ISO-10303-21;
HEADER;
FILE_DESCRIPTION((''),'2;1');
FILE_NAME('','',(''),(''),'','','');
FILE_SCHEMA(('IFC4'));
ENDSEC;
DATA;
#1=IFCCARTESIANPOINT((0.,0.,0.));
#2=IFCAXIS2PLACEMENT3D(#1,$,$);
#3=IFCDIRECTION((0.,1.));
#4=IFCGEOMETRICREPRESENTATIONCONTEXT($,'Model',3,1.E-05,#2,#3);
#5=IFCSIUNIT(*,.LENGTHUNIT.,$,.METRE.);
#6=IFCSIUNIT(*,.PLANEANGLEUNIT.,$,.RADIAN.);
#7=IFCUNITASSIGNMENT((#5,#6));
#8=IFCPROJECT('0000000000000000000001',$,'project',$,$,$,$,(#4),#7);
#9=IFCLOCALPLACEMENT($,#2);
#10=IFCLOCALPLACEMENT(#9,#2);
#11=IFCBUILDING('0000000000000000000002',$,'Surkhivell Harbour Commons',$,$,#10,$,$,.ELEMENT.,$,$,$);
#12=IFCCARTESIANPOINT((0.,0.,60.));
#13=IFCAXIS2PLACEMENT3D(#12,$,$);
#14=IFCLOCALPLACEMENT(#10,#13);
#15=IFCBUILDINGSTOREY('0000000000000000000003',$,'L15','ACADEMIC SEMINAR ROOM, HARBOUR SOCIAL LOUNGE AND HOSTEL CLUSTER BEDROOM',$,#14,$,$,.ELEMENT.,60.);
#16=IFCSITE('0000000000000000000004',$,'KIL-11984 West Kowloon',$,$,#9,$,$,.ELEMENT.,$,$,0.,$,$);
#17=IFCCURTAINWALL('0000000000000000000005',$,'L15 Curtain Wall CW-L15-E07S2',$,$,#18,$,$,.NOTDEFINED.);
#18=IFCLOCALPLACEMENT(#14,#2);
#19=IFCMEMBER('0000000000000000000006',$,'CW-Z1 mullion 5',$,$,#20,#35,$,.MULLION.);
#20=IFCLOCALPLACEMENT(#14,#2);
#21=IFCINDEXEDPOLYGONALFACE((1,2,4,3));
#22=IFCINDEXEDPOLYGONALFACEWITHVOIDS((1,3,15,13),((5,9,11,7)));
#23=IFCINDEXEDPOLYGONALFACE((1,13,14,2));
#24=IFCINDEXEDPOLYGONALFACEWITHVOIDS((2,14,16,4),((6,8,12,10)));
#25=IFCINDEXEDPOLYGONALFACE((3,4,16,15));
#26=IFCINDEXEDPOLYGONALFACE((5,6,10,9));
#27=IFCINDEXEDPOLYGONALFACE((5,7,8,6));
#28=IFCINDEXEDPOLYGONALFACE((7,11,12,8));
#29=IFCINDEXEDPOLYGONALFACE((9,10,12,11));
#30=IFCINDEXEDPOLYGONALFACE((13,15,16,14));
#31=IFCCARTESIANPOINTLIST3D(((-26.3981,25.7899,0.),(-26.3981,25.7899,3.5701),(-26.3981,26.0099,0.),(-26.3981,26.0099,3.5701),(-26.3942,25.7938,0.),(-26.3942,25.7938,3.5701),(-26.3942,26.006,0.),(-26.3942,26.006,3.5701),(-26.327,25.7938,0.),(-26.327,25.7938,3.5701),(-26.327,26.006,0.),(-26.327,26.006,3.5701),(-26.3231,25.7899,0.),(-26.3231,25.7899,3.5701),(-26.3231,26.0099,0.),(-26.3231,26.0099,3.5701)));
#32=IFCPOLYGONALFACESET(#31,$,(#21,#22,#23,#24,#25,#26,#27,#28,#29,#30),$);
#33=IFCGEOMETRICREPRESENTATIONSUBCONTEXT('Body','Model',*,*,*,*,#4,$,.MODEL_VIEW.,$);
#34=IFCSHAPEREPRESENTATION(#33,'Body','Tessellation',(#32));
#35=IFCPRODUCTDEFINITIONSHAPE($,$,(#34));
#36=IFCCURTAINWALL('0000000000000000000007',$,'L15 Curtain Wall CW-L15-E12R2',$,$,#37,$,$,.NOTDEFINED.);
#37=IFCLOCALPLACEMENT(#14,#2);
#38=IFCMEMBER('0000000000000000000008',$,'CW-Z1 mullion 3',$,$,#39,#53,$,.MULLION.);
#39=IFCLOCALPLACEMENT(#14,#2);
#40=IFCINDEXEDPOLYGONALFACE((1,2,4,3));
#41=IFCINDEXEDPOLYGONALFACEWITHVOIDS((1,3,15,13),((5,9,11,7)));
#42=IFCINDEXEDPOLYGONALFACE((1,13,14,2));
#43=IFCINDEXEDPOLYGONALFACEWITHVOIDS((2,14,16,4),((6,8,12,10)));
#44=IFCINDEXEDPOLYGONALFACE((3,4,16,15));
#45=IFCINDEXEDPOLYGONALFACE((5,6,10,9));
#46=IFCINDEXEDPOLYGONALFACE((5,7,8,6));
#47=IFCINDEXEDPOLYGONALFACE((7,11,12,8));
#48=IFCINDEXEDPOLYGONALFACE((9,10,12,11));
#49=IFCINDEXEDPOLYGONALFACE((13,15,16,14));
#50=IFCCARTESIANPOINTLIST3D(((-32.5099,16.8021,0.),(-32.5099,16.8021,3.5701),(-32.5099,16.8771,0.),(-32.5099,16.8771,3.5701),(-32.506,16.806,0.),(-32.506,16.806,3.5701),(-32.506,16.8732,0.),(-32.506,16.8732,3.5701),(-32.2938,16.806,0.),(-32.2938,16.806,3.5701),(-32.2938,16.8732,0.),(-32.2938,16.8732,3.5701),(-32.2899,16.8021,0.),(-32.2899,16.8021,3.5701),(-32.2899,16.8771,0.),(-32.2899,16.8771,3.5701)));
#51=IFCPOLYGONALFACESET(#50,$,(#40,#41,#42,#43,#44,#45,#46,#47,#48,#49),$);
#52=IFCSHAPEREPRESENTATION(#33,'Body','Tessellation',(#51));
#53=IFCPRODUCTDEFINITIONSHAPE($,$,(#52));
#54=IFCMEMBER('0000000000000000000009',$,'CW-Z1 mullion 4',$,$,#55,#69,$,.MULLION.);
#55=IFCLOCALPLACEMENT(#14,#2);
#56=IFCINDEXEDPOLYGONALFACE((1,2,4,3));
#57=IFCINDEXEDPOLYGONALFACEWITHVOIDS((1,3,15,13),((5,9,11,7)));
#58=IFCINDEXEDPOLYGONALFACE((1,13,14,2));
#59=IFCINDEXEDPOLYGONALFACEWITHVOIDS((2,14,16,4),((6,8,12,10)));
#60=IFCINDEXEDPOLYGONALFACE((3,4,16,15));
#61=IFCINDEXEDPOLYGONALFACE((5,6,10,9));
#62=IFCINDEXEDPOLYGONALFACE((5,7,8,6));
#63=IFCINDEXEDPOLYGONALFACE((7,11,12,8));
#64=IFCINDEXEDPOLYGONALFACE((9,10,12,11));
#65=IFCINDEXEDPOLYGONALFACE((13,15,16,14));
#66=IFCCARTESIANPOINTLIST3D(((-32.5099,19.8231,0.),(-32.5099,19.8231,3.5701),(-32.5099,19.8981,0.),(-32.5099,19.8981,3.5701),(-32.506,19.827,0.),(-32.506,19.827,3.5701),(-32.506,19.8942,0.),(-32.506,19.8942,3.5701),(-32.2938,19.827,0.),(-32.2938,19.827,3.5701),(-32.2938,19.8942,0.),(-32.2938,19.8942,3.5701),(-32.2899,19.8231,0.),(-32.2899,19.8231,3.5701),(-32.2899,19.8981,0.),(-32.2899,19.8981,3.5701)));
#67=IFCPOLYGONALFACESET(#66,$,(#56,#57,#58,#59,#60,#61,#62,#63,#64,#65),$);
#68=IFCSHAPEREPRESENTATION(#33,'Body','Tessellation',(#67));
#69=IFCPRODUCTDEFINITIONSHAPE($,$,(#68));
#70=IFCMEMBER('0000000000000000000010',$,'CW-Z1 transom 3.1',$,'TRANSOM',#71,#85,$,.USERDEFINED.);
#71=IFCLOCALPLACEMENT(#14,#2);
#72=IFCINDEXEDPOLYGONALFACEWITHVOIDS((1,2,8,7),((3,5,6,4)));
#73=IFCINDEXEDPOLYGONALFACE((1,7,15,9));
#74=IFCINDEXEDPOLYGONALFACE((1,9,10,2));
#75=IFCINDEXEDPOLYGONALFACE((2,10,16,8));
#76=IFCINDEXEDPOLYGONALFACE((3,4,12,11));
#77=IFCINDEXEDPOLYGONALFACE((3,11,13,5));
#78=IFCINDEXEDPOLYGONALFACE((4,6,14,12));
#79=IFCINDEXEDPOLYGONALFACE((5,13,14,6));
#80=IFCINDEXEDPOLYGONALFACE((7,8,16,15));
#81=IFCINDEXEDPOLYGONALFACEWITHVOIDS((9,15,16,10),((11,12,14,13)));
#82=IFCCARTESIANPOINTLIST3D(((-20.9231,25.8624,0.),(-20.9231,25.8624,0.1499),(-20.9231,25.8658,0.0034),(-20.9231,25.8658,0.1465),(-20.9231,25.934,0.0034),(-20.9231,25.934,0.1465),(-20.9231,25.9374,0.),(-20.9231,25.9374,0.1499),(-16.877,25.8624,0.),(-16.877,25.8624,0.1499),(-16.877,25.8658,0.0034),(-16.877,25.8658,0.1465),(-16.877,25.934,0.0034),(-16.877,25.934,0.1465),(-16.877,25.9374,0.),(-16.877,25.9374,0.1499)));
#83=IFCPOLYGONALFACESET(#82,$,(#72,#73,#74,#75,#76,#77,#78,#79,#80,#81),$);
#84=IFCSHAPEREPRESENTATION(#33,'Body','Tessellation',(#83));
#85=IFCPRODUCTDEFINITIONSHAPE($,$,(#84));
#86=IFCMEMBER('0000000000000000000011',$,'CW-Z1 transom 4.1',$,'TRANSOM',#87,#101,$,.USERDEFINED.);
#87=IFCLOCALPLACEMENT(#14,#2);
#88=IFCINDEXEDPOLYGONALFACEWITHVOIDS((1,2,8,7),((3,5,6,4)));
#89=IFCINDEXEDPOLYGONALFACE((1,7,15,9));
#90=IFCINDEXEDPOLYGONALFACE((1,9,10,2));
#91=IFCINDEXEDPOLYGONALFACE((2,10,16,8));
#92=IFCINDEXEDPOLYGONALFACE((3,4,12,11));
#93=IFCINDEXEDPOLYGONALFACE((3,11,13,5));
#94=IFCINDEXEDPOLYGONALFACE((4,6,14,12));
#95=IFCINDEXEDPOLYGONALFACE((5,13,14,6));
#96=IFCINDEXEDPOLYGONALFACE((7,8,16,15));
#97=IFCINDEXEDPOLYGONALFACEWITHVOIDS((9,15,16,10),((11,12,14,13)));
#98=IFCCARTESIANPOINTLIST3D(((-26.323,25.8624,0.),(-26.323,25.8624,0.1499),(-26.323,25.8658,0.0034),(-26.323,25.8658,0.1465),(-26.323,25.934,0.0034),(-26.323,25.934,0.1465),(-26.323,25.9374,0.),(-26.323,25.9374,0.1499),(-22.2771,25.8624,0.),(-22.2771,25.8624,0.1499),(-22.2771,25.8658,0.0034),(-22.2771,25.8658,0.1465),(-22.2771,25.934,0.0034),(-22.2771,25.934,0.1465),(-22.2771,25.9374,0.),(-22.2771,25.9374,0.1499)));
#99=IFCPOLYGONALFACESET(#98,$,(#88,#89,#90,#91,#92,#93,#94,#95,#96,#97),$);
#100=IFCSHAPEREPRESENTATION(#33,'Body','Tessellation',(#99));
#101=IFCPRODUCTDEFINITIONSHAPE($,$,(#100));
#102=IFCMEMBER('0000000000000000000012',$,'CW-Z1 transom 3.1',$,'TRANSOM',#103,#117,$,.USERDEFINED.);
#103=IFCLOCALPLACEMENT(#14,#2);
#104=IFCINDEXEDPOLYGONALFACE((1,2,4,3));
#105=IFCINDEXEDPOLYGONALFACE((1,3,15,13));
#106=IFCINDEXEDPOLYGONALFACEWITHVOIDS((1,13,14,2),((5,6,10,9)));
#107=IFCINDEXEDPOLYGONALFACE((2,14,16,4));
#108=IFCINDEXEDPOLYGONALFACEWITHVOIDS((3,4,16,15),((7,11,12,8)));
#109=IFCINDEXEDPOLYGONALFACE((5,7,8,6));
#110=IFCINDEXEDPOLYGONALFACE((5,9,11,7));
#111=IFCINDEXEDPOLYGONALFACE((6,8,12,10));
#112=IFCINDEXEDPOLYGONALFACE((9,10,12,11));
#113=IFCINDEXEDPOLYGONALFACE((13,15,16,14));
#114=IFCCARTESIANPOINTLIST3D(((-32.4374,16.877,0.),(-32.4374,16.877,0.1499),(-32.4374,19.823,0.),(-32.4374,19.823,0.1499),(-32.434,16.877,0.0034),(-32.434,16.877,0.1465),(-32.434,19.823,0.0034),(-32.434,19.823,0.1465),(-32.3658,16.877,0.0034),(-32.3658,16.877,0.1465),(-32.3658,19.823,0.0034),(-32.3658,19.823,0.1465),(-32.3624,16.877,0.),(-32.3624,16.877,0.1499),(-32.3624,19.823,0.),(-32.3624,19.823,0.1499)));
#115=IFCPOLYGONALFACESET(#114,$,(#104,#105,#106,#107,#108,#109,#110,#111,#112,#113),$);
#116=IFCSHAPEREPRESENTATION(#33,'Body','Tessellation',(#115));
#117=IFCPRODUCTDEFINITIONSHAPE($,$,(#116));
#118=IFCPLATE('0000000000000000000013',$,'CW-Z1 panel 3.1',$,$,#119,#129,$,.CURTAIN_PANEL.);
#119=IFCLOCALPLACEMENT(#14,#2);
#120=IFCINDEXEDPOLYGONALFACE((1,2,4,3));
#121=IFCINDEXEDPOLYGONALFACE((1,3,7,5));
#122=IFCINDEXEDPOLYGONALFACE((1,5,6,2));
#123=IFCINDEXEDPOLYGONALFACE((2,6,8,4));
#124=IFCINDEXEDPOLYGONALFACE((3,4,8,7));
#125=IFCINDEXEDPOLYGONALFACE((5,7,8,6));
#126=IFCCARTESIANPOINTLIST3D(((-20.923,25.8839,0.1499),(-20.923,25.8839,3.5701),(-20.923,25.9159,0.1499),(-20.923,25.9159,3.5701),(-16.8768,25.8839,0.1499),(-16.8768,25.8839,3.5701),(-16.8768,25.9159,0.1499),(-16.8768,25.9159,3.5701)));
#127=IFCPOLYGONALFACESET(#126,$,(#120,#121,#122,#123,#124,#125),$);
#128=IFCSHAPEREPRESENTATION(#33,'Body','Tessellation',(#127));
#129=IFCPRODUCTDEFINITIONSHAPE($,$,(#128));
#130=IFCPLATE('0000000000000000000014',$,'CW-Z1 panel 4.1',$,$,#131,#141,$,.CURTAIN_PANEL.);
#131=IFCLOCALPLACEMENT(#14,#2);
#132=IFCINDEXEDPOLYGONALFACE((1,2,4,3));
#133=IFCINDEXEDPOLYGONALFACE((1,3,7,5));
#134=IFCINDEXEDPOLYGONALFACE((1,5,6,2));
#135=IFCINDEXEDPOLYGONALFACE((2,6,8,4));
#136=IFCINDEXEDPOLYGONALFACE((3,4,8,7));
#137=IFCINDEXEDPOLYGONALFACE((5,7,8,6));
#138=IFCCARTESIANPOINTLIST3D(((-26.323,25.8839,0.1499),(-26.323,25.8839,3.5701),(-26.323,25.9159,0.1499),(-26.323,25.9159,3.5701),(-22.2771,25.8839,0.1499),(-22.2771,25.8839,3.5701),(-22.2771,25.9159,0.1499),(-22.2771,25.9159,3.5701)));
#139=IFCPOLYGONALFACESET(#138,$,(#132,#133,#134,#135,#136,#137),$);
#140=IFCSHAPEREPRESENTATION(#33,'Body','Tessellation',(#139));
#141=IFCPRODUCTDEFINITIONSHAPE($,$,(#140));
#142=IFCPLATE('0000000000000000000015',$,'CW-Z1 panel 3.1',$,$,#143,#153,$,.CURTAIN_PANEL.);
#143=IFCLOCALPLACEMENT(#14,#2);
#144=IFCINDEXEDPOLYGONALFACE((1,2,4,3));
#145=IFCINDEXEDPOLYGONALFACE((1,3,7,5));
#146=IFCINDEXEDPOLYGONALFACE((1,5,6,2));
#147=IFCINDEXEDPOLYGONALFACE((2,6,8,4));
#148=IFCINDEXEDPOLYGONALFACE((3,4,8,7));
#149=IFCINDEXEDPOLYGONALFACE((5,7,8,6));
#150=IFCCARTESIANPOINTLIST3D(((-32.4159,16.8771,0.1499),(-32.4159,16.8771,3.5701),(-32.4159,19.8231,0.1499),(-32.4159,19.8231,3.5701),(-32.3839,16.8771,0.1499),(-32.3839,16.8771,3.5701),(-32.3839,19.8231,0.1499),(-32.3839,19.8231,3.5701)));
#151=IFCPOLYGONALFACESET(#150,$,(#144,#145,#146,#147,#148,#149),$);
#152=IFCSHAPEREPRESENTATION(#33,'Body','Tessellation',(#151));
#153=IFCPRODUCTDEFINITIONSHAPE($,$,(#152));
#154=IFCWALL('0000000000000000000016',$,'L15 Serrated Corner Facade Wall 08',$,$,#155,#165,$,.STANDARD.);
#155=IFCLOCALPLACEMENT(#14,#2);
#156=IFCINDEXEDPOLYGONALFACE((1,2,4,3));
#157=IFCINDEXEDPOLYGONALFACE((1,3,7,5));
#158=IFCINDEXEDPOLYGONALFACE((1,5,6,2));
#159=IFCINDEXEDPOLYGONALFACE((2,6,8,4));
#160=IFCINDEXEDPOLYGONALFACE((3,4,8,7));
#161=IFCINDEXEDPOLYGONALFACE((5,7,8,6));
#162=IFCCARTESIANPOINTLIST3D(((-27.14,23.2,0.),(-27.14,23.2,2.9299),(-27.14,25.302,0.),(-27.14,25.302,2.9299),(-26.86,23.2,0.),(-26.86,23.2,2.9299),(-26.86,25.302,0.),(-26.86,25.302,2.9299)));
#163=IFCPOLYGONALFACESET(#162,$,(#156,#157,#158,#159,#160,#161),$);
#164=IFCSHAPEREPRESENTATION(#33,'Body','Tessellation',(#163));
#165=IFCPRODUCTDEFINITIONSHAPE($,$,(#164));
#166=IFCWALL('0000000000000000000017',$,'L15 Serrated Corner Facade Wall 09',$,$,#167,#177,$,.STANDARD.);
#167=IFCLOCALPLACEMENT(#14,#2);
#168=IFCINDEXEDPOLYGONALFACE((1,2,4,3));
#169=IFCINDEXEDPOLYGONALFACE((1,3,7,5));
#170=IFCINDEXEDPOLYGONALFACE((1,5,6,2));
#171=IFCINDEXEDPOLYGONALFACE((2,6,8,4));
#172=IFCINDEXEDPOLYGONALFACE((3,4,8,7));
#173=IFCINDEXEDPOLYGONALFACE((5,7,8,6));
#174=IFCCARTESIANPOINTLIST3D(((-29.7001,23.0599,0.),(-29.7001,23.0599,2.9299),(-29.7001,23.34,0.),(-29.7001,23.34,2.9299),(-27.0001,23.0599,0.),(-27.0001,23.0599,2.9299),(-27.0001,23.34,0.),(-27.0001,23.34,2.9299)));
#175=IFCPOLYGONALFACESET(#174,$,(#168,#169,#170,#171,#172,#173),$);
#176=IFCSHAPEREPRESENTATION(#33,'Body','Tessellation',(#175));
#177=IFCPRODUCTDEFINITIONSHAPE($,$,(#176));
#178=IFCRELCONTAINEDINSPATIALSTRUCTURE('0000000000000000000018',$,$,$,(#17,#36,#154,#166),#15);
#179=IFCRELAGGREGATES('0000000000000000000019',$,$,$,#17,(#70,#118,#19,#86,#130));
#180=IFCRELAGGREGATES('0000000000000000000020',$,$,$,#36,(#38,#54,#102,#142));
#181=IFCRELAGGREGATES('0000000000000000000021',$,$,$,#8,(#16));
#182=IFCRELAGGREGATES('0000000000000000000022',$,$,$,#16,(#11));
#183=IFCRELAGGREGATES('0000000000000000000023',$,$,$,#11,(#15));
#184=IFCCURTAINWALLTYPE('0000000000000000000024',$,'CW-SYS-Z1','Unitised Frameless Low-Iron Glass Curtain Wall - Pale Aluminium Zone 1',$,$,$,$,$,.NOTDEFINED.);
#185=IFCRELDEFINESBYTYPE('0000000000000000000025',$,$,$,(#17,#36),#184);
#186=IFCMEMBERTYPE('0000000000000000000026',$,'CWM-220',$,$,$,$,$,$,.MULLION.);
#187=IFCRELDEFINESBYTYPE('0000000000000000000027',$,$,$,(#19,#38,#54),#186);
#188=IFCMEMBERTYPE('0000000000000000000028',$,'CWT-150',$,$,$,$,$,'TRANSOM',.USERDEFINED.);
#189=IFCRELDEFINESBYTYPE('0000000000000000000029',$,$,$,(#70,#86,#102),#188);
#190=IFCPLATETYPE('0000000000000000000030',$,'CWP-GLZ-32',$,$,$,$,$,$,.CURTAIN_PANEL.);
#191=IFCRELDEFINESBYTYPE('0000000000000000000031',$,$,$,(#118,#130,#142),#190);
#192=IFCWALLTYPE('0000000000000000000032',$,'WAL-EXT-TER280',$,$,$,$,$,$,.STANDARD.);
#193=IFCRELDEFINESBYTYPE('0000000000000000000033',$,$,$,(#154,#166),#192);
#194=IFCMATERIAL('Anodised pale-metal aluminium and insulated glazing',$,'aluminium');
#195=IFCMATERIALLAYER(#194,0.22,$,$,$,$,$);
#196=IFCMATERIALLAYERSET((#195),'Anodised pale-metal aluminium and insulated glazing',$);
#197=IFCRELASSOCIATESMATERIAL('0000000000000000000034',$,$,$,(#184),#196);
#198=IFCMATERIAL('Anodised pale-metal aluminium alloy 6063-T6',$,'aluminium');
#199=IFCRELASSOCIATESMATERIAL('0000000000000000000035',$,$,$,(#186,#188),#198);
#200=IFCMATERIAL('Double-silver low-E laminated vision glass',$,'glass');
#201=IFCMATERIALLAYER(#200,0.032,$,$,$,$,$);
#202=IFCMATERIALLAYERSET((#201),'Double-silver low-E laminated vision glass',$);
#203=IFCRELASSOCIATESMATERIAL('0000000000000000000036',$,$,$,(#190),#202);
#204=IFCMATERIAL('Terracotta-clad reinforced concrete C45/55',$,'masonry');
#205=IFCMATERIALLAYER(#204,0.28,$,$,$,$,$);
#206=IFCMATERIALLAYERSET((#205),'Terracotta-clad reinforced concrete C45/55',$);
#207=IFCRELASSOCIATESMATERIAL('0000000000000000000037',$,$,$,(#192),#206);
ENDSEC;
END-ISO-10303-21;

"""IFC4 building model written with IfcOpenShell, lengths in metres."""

from ifc_helpers import new_model, si_unit, direction, frame, frame_2d, origin, origin_2d, place, context, subcontext, project, spatial, rectangle, hollow_rectangle, extrude, material, layer, layer_set, material_profile, profile_set, type_object, element, aggregate, save


model = new_model("IFC4")

# Units and contexts
model_context = context("Model", 3, precision=1e-05, world=origin(), true_north=direction((0.0, 1.0)))
body_context = subcontext(model_context, "Body", "Model", "MODEL_VIEW")
ifc_project = project(units=[si_unit("LENGTHUNIT", "METRE"), si_unit("PLANEANGLEUNIT", "RADIAN")], contexts=[model_context])

# Site, building, storey
site_placement = place(None, origin())
site = spatial("IfcSite", under=ifc_project, at=site_placement, Name="KIL-11984 West Kowloon", CompositionType="ELEMENT", RefElevation=0.0)
building_placement = place(site_placement, origin())
building = spatial("IfcBuilding", under=site, at=building_placement, Name="Surkhivell Harbour Commons", CompositionType="ELEMENT")
storey_placement = place(building_placement, frame((0.0, 0.0, 60.0)))
storey = spatial("IfcBuildingStorey", under=building, at=storey_placement, Name="L15", Description="ACADEMIC SEMINAR ROOM, HARBOUR SOCIAL LOUNGE AND HOSTEL CLUSTER BEDROOM", CompositionType="ELEMENT", Elevation=60.0)

# Curtain walls, members
ifc_material_1 = material(Name="Anodised pale-metal aluminium and insulated glazing", Category="aluminium")
ifc_layer_1 = layer(ifc_material_1, 0.22)
ifc_layer_set_1 = layer_set([ifc_layer_1], Name="Anodised pale-metal aluminium and insulated glazing")
curtain_wall_type = type_object("IfcCurtainWallType", Name="CW-SYS-Z1", Description="Unitised Frameless Low-Iron Glass Curtain Wall - Pale Aluminium Zone 1", PredefinedType="NOTDEFINED", material=ifc_layer_set_1)
curtain_wall_1_placement = place(storey_placement, origin())
curtain_wall_1 = element("IfcCurtainWall", 1, at=curtain_wall_1_placement, inside=storey, type_object=curtain_wall_type, Name="L15 Curtain Wall CW-L15-E07S2", PredefinedType="NOTDEFINED")
ifc_material_2 = material(Name="Anodised pale-metal aluminium alloy 6063-T6", Category="aluminium")
ifc_material_profile_1 = material_profile(ifc_material_2, hollow_rectangle(XDim=0.075, YDim=0.22, WallThickness=0.0039, at=origin_2d()), Name="ALU-MULL-75x220")
ifc_profile_set_1 = profile_set([ifc_material_profile_1], Name="Anodised pale-metal aluminium alloy 6063-T6")
member_type_1 = type_object("IfcMemberType", Name="CWM-220", PredefinedType="MULLION", material=ifc_profile_set_1)
member_1_placement = place(storey_placement, frame((-26.3606, 25.8999, 0.0), z_axis=(0.0, 0.0, 1.0), x_axis=(-1.0, 0.0, 0.0)))
member_1 = element("IfcMember", 2, at=member_1_placement, type_object=member_type_1, Name="CW-Z1 mullion 5", PredefinedType="MULLION", context=body_context, shape_type="SweptSolid", body=[
    extrude(hollow_rectangle(XDim=0.075, YDim=0.22, WallThickness=0.0039, at=origin_2d()), origin(), (0.0, 0.0, 1.0), 3.5701),
])
curtain_wall_2_placement = place(storey_placement, origin())
curtain_wall_2 = element("IfcCurtainWall", 3, at=curtain_wall_2_placement, inside=storey, type_object=curtain_wall_type, Name="L15 Curtain Wall CW-L15-E12R2", PredefinedType="NOTDEFINED")
member_2_placement = place(storey_placement, frame((-32.3999, 16.8396, 0.0), z_axis=(0.0, 0.0, 1.0), x_axis=(0.0, 1.0, 0.0)))
member_2 = element("IfcMember", 4, at=member_2_placement, type_object=member_type_1, Name="CW-Z1 mullion 3", PredefinedType="MULLION", context=body_context, shape_type="SweptSolid", body=[
    extrude(hollow_rectangle(XDim=0.075, YDim=0.22, WallThickness=0.0039, at=origin_2d()), origin(), (0.0, 0.0, 1.0), 3.5701),
])
member_3_placement = place(storey_placement, frame((-32.3999, 19.8606, 0.0), z_axis=(0.0, 0.0, 1.0), x_axis=(0.0, 1.0, 0.0)))
member_3 = element("IfcMember", 5, at=member_3_placement, type_object=member_type_1, Name="CW-Z1 mullion 4", PredefinedType="MULLION", context=body_context, shape_type="SweptSolid", body=[
    extrude(hollow_rectangle(XDim=0.075, YDim=0.22, WallThickness=0.0039, at=origin_2d()), origin(), (0.0, 0.0, 1.0), 3.5701),
])

# Members
ifc_material_profile_2 = material_profile(ifc_material_2, hollow_rectangle(XDim=0.075, YDim=0.1499, WallThickness=0.0034, at=origin_2d()), Name="ALU-TRAN-75x150")
ifc_profile_set_2 = profile_set([ifc_material_profile_2], Name="Anodised pale-metal aluminium alloy 6063-T6")
member_type_2 = type_object("IfcMemberType", Name="CWT-150", ElementType="TRANSOM", PredefinedType="USERDEFINED", material=ifc_profile_set_2)
member_4_placement = place(storey_placement, frame((-16.877, 25.8999, 0.075), z_axis=(-1.0, 0.0, 0.0), x_axis=(0.0, -1.0, 0.0)))
member_4 = element("IfcMember", 6, at=member_4_placement, type_object=member_type_2, Name="CW-Z1 transom 3.1", ObjectType="TRANSOM", PredefinedType="USERDEFINED", context=body_context, shape_type="SweptSolid", body=[
    extrude(hollow_rectangle(XDim=0.075, YDim=0.1499, WallThickness=0.0034, at=origin_2d()), origin(), (0.0, 0.0, 1.0), 4.0461),
])
member_5_placement = place(storey_placement, frame((-22.2771, 25.8999, 0.075), z_axis=(-1.0, 0.0, 0.0), x_axis=(0.0, -1.0, 0.0)))
member_5 = element("IfcMember", 7, at=member_5_placement, type_object=member_type_2, Name="CW-Z1 transom 4.1", ObjectType="TRANSOM", PredefinedType="USERDEFINED", context=body_context, shape_type="SweptSolid", body=[
    extrude(hollow_rectangle(XDim=0.075, YDim=0.1499, WallThickness=0.0034, at=origin_2d()), origin(), (0.0, 0.0, 1.0), 4.0459),
])
member_6_placement = place(storey_placement, frame((-32.3999, 16.877, 0.075), z_axis=(0.0, 1.0, 0.0), x_axis=(-1.0, 0.0, 0.0)))
member_6 = element("IfcMember", 8, at=member_6_placement, type_object=member_type_2, Name="CW-Z1 transom 3.1", ObjectType="TRANSOM", PredefinedType="USERDEFINED", context=body_context, shape_type="SweptSolid", body=[
    extrude(hollow_rectangle(XDim=0.075, YDim=0.1499, WallThickness=0.0034, at=origin_2d()), origin(), (0.0, 0.0, 1.0), 2.946),
])

# Plates
ifc_material_3 = material(Name="Double-silver low-E laminated vision glass", Category="glass")
ifc_layer_2 = layer(ifc_material_3, 0.032)
ifc_layer_set_2 = layer_set([ifc_layer_2], Name="Double-silver low-E laminated vision glass")
plate_type = type_object("IfcPlateType", Name="CWP-GLZ-32", PredefinedType="CURTAIN_PANEL", material=ifc_layer_set_2)
plate_1_placement = place(storey_placement, frame((-16.877, 25.8999, 0.1499), z_axis=(0.0, 0.0, 1.0), x_axis=(-1.0, 0.0, 0.0)))
plate_1 = element("IfcPlate", 9, at=plate_1_placement, type_object=plate_type, Name="CW-Z1 panel 3.1", PredefinedType="CURTAIN_PANEL", context=body_context, shape_type="SweptSolid", body=[
    extrude(rectangle(XDim=4.0461, YDim=0.032, at=frame_2d((2.0229, 0.0))), origin(), (0.0, 0.0, 1.0), 3.4202),
])
plate_2_placement = place(storey_placement, frame((-22.2771, 25.8999, 0.1499), z_axis=(0.0, 0.0, 1.0), x_axis=(-1.0, 0.0, 0.0)))
plate_2 = element("IfcPlate", 10, at=plate_2_placement, type_object=plate_type, Name="CW-Z1 panel 4.1", PredefinedType="CURTAIN_PANEL", context=body_context, shape_type="SweptSolid", body=[
    extrude(rectangle(XDim=4.0459, YDim=0.032, at=frame_2d((2.0229, 0.0))), origin(), (0.0, 0.0, 1.0), 3.4202),
])
aggregate(curtain_wall_1, [member_4, plate_1, member_1, member_5, plate_2])
plate_3_placement = place(storey_placement, frame((-32.3999, 16.877, 0.1499), z_axis=(0.0, 0.0, 1.0), x_axis=(0.0, 1.0, 0.0)))
plate_3 = element("IfcPlate", 11, at=plate_3_placement, type_object=plate_type, Name="CW-Z1 panel 3.1", PredefinedType="CURTAIN_PANEL", context=body_context, shape_type="SweptSolid", body=[
    extrude(rectangle(XDim=2.946, YDim=0.032, at=frame_2d((1.4731, 0.0))), origin(), (0.0, 0.0, 1.0), 3.4202),
])
aggregate(curtain_wall_2, [member_2, member_3, member_6, plate_3])

# Walls
ifc_material_4 = material(Name="Terracotta-clad reinforced concrete C45/55", Category="masonry")
ifc_layer_3 = layer(ifc_material_4, 0.28)
ifc_layer_set_3 = layer_set([ifc_layer_3], Name="Terracotta-clad reinforced concrete C45/55")
wall_type = type_object("IfcWallType", Name="WAL-EXT-TER280", PredefinedType="STANDARD", material=ifc_layer_set_3)
wall_1_placement = place(storey_placement, frame((-27.0, 25.302, 0.0), z_axis=(0.0, 0.0, 1.0), x_axis=(0.0, -1.0, 0.0)))
element("IfcWall", 12, at=wall_1_placement, inside=storey, type_object=wall_type, Name="L15 Serrated Corner Facade Wall 08", PredefinedType="STANDARD", context=body_context, shape_type="SweptSolid", body=[
    extrude(rectangle(XDim=2.1021, YDim=0.28, at=frame_2d((1.051, 0.0))), origin(), (0.0, 0.0, 1.0), 2.9299),
])
wall_2_placement = place(storey_placement, frame((-27.0, 23.2, 0.0), z_axis=(0.0, 0.0, 1.0), x_axis=(-1.0, 0.0, 0.0)))
element("IfcWall", 13, at=wall_2_placement, inside=storey, type_object=wall_type, Name="L15 Serrated Corner Facade Wall 09", PredefinedType="STANDARD", context=body_context, shape_type="SweptSolid", body=[
    extrude(rectangle(XDim=2.7, YDim=0.28, at=frame_2d((1.3501, 0.0))), origin(), (0.0, 0.0, 1.0), 2.9299),
])

save(model, "model.ifc")
